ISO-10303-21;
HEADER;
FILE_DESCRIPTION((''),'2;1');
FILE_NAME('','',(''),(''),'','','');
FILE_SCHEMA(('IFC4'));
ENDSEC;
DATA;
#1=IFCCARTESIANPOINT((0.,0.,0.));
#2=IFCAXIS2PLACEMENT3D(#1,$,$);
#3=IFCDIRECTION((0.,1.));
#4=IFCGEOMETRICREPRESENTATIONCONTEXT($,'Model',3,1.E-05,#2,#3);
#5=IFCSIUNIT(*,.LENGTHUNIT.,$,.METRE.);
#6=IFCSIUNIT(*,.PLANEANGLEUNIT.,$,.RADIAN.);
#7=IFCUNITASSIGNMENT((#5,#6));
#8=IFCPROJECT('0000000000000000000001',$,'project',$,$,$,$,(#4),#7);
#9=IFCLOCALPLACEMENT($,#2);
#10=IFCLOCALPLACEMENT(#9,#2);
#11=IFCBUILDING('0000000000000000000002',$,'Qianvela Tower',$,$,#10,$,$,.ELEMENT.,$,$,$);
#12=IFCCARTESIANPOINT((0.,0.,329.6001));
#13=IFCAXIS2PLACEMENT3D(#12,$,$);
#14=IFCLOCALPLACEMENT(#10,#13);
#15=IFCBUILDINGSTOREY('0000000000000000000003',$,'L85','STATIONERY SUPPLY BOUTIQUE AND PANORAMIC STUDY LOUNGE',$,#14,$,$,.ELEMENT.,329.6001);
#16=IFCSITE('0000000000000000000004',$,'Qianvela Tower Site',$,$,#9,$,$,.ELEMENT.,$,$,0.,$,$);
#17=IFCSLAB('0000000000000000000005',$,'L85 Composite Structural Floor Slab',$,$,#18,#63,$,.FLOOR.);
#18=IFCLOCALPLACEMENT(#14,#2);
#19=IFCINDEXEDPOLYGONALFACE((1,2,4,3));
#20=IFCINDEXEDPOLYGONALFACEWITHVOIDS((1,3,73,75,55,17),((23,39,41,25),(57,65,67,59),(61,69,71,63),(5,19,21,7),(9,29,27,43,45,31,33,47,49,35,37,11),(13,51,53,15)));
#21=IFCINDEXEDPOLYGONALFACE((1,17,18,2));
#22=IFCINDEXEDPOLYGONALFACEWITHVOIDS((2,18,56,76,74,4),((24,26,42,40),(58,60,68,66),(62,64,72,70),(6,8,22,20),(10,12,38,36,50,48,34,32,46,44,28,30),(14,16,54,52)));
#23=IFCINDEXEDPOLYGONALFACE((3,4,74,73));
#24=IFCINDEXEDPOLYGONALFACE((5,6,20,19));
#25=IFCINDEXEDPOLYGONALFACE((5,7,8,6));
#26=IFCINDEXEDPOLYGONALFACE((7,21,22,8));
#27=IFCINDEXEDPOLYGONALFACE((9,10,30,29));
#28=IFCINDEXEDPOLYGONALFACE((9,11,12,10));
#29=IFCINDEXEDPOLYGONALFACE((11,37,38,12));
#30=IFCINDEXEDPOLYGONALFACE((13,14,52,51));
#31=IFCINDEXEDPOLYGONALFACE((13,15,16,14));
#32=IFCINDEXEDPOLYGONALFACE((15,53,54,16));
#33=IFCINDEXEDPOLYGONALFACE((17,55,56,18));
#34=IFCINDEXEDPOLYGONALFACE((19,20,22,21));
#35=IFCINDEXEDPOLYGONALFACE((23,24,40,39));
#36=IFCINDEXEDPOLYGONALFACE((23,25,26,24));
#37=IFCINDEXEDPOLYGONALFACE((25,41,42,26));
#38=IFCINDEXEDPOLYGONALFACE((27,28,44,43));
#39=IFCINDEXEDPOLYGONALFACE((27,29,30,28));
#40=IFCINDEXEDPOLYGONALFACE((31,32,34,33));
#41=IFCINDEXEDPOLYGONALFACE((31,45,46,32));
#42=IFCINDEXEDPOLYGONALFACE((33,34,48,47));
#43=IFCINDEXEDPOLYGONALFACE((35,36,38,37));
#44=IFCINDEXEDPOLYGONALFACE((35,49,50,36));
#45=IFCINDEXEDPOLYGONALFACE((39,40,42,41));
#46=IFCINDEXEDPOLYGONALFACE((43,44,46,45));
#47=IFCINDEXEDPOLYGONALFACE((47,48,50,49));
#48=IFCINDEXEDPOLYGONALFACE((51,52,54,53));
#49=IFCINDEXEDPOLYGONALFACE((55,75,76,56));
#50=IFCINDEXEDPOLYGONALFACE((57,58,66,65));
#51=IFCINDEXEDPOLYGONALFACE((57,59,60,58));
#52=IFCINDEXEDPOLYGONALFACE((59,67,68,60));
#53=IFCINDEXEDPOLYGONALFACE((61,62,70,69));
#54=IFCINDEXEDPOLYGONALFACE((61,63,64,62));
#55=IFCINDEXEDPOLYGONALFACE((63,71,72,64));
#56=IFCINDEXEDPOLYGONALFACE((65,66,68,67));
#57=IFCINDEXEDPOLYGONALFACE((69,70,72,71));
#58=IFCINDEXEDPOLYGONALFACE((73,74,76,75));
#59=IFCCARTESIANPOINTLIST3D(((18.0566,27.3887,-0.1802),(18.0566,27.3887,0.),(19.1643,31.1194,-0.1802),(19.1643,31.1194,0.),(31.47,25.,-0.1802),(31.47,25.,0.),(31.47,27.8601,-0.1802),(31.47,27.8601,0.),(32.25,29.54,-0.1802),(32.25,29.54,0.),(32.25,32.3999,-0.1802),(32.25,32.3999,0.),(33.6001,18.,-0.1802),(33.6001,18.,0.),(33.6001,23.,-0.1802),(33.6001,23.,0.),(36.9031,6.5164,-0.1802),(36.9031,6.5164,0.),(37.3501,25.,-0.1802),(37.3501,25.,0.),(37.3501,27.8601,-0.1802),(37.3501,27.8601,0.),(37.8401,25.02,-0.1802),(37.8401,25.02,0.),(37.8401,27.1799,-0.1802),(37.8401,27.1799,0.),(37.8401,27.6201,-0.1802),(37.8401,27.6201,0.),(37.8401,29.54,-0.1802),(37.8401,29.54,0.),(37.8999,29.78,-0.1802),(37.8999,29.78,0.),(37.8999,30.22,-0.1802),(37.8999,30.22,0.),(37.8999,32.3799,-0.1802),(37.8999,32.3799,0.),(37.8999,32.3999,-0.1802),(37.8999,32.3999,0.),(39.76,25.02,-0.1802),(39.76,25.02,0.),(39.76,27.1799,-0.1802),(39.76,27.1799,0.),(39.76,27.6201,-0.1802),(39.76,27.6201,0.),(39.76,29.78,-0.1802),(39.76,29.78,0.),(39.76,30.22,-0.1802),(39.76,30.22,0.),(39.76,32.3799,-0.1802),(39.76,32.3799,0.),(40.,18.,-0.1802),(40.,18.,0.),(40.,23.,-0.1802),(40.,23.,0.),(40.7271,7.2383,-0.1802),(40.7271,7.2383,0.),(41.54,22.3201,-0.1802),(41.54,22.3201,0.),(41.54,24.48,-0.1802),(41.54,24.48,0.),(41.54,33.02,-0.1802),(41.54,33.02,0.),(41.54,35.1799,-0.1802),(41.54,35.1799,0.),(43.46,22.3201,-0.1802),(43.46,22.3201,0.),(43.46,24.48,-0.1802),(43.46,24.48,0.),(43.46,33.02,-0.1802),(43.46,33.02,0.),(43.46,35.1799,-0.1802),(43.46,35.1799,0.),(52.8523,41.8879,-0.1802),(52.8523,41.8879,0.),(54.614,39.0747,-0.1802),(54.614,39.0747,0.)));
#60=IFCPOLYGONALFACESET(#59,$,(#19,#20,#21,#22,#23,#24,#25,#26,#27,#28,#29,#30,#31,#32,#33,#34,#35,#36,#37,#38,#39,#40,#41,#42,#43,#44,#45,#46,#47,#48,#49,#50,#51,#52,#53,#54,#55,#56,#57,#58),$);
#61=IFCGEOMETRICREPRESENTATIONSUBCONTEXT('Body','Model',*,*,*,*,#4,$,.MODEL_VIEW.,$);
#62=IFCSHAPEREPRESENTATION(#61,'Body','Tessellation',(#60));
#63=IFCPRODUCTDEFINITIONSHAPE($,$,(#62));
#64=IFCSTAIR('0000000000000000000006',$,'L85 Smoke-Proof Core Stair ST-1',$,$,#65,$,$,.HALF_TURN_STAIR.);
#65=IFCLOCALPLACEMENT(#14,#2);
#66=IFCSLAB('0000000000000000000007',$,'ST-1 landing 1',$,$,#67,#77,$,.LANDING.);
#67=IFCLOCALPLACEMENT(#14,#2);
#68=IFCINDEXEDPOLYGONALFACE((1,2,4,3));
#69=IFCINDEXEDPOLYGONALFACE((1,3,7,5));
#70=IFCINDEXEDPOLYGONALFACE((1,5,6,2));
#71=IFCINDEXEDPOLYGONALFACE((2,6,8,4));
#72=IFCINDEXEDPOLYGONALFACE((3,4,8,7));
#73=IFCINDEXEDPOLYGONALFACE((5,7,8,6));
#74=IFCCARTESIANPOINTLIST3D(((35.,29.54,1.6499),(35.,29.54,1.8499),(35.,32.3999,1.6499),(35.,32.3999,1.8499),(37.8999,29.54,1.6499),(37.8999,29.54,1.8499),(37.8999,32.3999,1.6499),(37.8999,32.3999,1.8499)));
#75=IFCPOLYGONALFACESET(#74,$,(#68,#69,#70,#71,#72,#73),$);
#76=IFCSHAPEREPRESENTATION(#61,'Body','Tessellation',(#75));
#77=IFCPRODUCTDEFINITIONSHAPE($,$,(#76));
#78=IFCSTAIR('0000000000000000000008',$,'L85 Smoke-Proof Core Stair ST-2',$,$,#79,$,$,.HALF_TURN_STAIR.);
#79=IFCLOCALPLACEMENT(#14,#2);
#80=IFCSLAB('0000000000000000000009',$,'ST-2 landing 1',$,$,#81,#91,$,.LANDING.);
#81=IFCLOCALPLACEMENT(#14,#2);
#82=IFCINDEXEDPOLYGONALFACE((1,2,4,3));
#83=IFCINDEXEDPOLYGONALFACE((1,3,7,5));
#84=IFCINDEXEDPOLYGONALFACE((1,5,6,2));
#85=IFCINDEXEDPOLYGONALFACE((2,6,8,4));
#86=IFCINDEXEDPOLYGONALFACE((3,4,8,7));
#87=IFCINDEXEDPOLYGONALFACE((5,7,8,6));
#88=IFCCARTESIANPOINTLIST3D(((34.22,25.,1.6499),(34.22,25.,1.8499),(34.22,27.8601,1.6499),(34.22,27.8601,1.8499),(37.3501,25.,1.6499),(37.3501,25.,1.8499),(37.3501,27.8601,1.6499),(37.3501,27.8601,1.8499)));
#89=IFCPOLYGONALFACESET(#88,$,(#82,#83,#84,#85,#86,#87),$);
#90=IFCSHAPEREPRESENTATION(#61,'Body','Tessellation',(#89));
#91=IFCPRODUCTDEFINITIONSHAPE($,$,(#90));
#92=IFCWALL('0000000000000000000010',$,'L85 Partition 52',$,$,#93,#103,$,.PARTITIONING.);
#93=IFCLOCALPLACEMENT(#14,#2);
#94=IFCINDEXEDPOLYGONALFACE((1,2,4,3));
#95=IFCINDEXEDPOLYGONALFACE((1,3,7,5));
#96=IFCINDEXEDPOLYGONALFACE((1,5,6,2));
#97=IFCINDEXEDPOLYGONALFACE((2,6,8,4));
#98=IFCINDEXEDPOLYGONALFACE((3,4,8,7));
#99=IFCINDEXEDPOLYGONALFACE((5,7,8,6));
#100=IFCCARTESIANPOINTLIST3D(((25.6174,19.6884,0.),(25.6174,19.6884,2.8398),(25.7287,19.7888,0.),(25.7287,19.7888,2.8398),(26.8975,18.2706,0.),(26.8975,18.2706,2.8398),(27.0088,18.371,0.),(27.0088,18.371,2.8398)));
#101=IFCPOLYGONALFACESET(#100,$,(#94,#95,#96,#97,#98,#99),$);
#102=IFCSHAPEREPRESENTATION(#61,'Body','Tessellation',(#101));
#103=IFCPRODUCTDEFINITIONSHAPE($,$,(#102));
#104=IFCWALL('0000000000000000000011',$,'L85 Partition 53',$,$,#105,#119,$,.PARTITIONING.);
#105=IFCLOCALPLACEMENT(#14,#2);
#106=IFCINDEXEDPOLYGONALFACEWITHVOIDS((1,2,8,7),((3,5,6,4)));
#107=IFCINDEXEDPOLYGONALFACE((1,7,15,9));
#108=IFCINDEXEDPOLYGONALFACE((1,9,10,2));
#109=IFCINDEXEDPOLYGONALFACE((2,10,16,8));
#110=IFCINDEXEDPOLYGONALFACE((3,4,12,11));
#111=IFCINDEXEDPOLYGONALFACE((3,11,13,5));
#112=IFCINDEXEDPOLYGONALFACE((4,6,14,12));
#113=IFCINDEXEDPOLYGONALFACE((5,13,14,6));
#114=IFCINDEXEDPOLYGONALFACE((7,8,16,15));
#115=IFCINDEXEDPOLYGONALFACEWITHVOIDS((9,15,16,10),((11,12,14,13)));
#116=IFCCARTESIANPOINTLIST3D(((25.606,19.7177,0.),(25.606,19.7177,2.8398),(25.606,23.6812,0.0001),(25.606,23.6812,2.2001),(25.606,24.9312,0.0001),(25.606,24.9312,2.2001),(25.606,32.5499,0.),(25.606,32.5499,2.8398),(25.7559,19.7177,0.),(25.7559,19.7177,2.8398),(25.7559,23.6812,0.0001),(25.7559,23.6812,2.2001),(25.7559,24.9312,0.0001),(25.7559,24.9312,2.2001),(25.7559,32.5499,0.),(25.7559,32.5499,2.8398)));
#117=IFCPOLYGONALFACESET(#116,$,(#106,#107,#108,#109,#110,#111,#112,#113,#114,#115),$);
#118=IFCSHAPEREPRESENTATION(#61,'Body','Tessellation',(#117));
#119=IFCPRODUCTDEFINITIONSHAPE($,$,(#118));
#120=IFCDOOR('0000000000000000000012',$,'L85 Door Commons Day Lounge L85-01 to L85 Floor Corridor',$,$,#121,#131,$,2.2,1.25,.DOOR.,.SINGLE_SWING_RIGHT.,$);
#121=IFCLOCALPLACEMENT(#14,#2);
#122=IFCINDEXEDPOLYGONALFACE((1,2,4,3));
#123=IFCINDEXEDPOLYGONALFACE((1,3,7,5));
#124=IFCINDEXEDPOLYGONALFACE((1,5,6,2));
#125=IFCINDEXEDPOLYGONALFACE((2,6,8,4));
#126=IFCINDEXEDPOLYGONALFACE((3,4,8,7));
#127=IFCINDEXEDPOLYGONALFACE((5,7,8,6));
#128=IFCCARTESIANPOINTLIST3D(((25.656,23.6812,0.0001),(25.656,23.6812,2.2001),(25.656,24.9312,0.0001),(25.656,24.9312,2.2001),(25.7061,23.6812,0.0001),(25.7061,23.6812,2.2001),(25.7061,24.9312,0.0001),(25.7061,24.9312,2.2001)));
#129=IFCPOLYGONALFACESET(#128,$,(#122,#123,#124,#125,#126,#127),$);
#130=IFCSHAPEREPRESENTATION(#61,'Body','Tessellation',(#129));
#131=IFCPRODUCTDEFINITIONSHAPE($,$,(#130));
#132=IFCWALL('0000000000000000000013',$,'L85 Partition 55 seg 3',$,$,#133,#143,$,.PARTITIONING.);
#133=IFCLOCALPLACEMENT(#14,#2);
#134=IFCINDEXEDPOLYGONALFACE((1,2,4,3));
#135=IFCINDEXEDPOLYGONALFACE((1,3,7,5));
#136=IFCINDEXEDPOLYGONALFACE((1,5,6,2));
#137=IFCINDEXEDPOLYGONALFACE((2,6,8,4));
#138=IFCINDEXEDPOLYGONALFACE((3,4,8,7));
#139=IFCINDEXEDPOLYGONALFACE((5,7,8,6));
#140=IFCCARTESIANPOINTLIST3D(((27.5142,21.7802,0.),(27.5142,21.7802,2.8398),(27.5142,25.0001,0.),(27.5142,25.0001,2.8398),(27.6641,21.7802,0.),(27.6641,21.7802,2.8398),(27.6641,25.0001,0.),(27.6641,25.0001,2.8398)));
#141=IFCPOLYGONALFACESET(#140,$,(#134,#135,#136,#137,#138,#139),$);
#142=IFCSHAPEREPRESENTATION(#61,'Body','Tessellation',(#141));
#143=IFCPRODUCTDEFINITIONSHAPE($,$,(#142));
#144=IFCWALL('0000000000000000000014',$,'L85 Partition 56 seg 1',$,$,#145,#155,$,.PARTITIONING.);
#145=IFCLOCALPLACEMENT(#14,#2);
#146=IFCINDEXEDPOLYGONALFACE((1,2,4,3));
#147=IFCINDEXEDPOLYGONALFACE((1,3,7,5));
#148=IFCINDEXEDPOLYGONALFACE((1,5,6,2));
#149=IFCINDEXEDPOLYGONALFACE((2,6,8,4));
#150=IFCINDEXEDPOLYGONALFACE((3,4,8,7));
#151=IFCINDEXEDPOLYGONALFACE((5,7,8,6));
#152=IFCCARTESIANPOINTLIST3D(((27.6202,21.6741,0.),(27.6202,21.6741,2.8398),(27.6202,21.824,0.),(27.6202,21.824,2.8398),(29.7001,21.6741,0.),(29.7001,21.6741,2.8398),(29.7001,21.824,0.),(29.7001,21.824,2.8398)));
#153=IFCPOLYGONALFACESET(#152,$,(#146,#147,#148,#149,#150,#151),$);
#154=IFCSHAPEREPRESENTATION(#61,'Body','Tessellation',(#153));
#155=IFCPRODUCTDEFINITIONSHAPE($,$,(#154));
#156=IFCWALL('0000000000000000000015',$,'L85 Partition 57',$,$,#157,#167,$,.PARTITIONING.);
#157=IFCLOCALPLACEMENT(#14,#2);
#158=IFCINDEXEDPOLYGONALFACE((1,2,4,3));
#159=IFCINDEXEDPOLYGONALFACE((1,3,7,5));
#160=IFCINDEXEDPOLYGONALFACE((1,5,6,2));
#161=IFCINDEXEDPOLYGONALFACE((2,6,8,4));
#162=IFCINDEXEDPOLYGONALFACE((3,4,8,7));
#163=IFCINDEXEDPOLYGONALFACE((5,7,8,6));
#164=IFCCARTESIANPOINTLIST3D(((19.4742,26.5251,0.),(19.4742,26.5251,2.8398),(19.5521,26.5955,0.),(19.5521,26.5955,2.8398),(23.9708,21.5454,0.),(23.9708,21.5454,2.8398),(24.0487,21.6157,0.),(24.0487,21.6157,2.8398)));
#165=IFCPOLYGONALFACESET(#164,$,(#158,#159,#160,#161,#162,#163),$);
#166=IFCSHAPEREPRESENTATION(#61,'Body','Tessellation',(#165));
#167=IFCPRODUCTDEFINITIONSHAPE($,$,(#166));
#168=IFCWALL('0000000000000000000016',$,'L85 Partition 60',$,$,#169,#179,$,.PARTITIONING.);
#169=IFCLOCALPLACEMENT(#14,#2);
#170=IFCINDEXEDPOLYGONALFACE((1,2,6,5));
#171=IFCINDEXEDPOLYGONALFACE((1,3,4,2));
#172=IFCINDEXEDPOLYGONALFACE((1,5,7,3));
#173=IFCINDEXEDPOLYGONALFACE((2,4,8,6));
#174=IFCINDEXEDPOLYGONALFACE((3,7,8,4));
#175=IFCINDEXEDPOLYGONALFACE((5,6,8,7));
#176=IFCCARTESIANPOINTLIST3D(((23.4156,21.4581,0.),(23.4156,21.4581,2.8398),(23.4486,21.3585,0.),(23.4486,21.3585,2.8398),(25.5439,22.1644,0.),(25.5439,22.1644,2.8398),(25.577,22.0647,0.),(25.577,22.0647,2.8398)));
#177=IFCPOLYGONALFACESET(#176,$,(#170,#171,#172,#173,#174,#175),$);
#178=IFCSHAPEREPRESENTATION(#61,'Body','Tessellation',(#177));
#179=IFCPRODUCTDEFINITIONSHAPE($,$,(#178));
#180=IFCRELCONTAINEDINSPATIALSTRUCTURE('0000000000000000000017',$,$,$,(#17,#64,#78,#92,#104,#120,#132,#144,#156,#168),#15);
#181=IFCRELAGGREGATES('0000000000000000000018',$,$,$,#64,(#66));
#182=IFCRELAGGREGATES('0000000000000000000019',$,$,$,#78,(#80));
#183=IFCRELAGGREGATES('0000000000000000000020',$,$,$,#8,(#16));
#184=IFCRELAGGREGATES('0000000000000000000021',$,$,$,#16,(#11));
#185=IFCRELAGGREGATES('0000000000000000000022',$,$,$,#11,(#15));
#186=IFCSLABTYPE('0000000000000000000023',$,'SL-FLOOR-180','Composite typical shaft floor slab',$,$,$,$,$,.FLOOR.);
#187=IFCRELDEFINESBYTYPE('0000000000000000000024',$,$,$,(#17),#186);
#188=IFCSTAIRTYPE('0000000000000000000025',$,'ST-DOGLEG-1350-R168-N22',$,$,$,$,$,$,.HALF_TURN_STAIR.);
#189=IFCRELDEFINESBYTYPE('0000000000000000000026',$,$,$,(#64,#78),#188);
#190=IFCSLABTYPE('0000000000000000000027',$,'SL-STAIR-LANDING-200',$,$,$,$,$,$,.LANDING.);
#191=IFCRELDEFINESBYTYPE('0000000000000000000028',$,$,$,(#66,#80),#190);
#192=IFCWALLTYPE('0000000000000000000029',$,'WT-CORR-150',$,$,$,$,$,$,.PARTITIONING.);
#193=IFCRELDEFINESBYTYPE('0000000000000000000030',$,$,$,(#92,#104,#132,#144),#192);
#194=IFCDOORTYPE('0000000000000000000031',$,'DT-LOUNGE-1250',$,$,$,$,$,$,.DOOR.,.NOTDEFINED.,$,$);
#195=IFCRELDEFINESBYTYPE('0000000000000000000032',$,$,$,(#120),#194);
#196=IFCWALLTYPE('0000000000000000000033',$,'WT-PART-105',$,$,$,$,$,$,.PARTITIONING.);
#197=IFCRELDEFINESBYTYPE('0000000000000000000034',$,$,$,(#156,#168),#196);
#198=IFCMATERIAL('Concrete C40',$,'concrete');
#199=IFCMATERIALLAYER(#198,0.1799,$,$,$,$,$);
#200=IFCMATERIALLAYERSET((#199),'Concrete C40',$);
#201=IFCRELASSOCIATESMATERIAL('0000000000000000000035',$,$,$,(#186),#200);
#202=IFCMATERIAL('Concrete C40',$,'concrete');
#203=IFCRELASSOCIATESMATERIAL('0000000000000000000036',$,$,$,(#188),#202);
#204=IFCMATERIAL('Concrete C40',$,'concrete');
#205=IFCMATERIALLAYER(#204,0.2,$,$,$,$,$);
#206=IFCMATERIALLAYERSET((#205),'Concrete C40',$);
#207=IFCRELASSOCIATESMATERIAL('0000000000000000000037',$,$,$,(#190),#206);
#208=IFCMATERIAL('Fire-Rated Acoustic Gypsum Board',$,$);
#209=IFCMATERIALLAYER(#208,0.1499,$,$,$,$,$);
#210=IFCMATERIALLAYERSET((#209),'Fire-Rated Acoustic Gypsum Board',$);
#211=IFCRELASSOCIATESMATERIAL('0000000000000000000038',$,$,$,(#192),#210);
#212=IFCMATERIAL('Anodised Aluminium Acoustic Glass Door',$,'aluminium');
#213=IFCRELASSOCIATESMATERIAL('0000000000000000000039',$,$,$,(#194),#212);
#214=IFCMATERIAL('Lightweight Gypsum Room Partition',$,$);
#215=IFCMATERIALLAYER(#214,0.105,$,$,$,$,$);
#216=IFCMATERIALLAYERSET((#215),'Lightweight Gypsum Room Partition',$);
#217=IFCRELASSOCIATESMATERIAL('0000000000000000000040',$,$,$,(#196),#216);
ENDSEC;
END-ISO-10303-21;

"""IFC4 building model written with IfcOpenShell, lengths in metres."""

from ifc_helpers import new_model, si_unit, direction, frame, frame_2d, origin, place, context, subcontext, project, spatial, polyline, rectangle, outline, extrude, material, layer, layer_set, type_object, element, fill, aggregate, save


model = new_model("IFC4")

# Units and contexts
model_context = context("Model", 3, precision=1e-05, world=origin(), true_north=direction((0.0, 1.0)))
body_context = subcontext(model_context, "Body", "Model", "MODEL_VIEW")
ifc_project = project(units=[si_unit("LENGTHUNIT", "METRE"), si_unit("PLANEANGLEUNIT", "RADIAN")], contexts=[model_context])

# Site, building, storey
site_placement = place(None, origin())
site = spatial("IfcSite", under=ifc_project, at=site_placement, Name="Qianvela Tower Site", CompositionType="ELEMENT", RefElevation=0.0)
building_placement = place(site_placement, origin())
building = spatial("IfcBuilding", under=site, at=building_placement, Name="Qianvela Tower", CompositionType="ELEMENT")
storey_placement = place(building_placement, frame((0.0, 0.0, 329.6001)))
storey = spatial("IfcBuildingStorey", under=building, at=storey_placement, Name="L85", Description="STATIONERY SUPPLY BOUTIQUE AND PANORAMIC STUDY LOUNGE", CompositionType="ELEMENT", Elevation=329.6001)

# Slab
ifc_material_1 = material(Name="Concrete C40", Category="concrete")
ifc_layer_1 = layer(ifc_material_1, 0.1799)
ifc_layer_set_1 = layer_set([ifc_layer_1], Name="Concrete C40")
slab_type_1 = type_object("IfcSlabType", Name="SL-FLOOR-180", Description="Composite typical shaft floor slab", PredefinedType="FLOOR", material=ifc_layer_set_1)
slab_1_placement = place(storey_placement, frame((0.0, 0.0, -0.1802)))
element("IfcSlab", 1, at=slab_1_placement, inside=storey, type_object=slab_type_1, Name="L85 Composite Structural Floor Slab", PredefinedType="FLOOR", context=body_context, shape_type="SweptSolid", body=[
    extrude(outline(polyline([(54.614, 39.0747), (52.8523, 41.8879), (19.1643, 31.1194), (18.0566, 27.3887), (36.9031, 6.5164), (40.7271, 7.2383), (54.614, 39.0747)]), holes=[polyline([(40.0, 23.0), (33.6001, 23.0), (33.6001, 18.0), (40.0, 18.0), (40.0, 23.0)]), polyline([(43.46, 24.48), (41.54, 24.48), (41.54, 22.3201), (43.46, 22.3201), (43.46, 24.48)]), polyline([(39.76, 27.1799), (37.8401, 27.1799), (37.8401, 25.02), (39.76, 25.02), (39.76, 27.1799)]), polyline([(37.3501, 27.8601), (31.47, 27.8601), (31.47, 25.0), (37.3501, 25.0), (37.3501, 27.8601)]), polyline([(39.76, 27.6201), (39.76, 29.78), (37.8999, 29.78), (37.8999, 30.22), (39.76, 30.22), (39.76, 32.3799), (37.8999, 32.3799), (37.8999, 32.3999), (32.25, 32.3999), (32.25, 29.54), (37.8401, 29.54), (37.8401, 27.6201), (39.76, 27.6201)]), polyline([(43.46, 35.1799), (41.54, 35.1799), (41.54, 33.02), (43.46, 33.02), (43.46, 35.1799)])]), origin(), (0.0, 0.0, 1.0), 0.1802),
])

# Stairs, slabs
ifc_material_2 = material(Name="Concrete C40", Category="concrete")
stair_type = type_object("IfcStairType", Name="ST-DOGLEG-1350-R168-N22", PredefinedType="HALF_TURN_STAIR", material=ifc_material_2)
stair_1_placement = place(storey_placement, origin())
stair_1 = element("IfcStair", 2, at=stair_1_placement, inside=storey, type_object=stair_type, Name="L85 Smoke-Proof Core Stair ST-1", PredefinedType="HALF_TURN_STAIR")
ifc_material_3 = material(Name="Concrete C40", Category="concrete")
ifc_layer_2 = layer(ifc_material_3, 0.2)
ifc_layer_set_2 = layer_set([ifc_layer_2], Name="Concrete C40")
slab_type_2 = type_object("IfcSlabType", Name="SL-STAIR-LANDING-200", PredefinedType="LANDING", material=ifc_layer_set_2)
slab_2_placement = place(storey_placement, frame((0.0, 0.0, 1.6499)))
slab_2 = element("IfcSlab", 3, at=slab_2_placement, type_object=slab_type_2, Name="ST-1 landing 1", PredefinedType="LANDING", context=body_context, shape_type="SweptSolid", body=[
    extrude(outline(polyline([(35.0, 29.54), (37.8999, 29.54), (37.8999, 32.3999), (35.0, 32.3999), (35.0, 29.54)])), origin(), (0.0, 0.0, 1.0), 0.2),
])
aggregate(stair_1, [slab_2])
stair_2_placement = place(storey_placement, origin())
stair_2 = element("IfcStair", 4, at=stair_2_placement, inside=storey, type_object=stair_type, Name="L85 Smoke-Proof Core Stair ST-2", PredefinedType="HALF_TURN_STAIR")
slab_3_placement = place(storey_placement, frame((0.0, 0.0, 1.6499)))
slab_3 = element("IfcSlab", 5, at=slab_3_placement, type_object=slab_type_2, Name="ST-2 landing 1", PredefinedType="LANDING", context=body_context, shape_type="SweptSolid", body=[
    extrude(outline(polyline([(34.22, 25.0), (37.3501, 25.0), (37.3501, 27.8601), (34.22, 27.8601), (34.22, 25.0)])), origin(), (0.0, 0.0, 1.0), 0.2),
])
aggregate(stair_2, [slab_3])

# Wall
ifc_material_4 = material(Name="Fire-Rated Acoustic Gypsum Board")
ifc_layer_3 = layer(ifc_material_4, 0.1499)
ifc_layer_set_3 = layer_set([ifc_layer_3], Name="Fire-Rated Acoustic Gypsum Board")
wall_type_1 = type_object("IfcWallType", Name="WT-CORR-150", PredefinedType="PARTITIONING", material=ifc_layer_set_3)
wall_1_placement = place(storey_placement, frame((26.9531, 18.3208, 0.0), z_axis=(0.0, 0.0, 1.0), x_axis=(-0.670143, 0.742232, 0.0)))
element("IfcWall", 6, at=wall_1_placement, inside=storey, type_object=wall_type_1, Name="L85 Partition 52", PredefinedType="PARTITIONING", context=body_context, shape_type="SweptSolid", body=[
    extrude(rectangle(XDim=1.9102, YDim=0.1499, at=frame_2d((0.9551, 0.0))), origin(), (0.0, 0.0, 1.0), 2.8398),
])

# Wall, opening, door
wall_2_placement = place(storey_placement, frame((25.6809, 19.7178, 0.0), z_axis=(0.0, 0.0, 1.0), x_axis=(0.0, 1.0, 0.0)))
wall_2 = element("IfcWall", 7, at=wall_2_placement, inside=storey, type_object=wall_type_1, Name="L85 Partition 53", PredefinedType="PARTITIONING", context=body_context, shape_type="SweptSolid", body=[
    extrude(rectangle(XDim=12.8323, YDim=0.1499, at=frame_2d((6.416, 0.0))), origin(), (0.0, 0.0, 1.0), 2.8398),
])
opening_placement = place(wall_2_placement, frame((3.9634, 0.0, 0.0)))
opening = element("IfcOpeningElement", 8, at=opening_placement, cuts=wall_2, PredefinedType="OPENING", context=body_context, shape_type="SweptSolid", body=[
    extrude(rectangle(XDim=1.25, YDim=2.2, at=frame_2d((0.625, 1.1001))), frame((0.0, 0.085, 0.0), z_axis=(0.0, -1.0, 0.0), x_axis=(1.0, 0.0, 0.0)), (0.0, 0.0, 1.0), 0.1699),
])
ifc_material_5 = material(Name="Anodised Aluminium Acoustic Glass Door", Category="aluminium")
door_type = type_object("IfcDoorType", Name="DT-LOUNGE-1250", OperationType="NOTDEFINED", PredefinedType="DOOR", material=ifc_material_5)
door_placement = place(opening_placement, origin())
door = element("IfcDoor", 9, at=door_placement, inside=storey, type_object=door_type, Name="L85 Door Commons Day Lounge L85-01 to L85 Floor Corridor", OperationType="SINGLE_SWING_RIGHT", OverallHeight=2.2, OverallWidth=1.25, PredefinedType="DOOR", context=body_context, shape_type="SweptSolid", body=[
    extrude(rectangle(XDim=1.25, YDim=2.2, at=frame_2d((0.625, 1.1001))), frame((0.0, 0.0249, 0.0), z_axis=(0.0, -1.0, 0.0), x_axis=(1.0, 0.0, 0.0)), (0.0, 0.0, 1.0), 0.05),
])
fill(opening, door)

# Walls
wall_3_placement = place(storey_placement, frame((27.5891, 25.0, 0.0), z_axis=(0.0, 0.0, 1.0), x_axis=(0.0, -1.0, 0.0)))
element("IfcWall", 10, at=wall_3_placement, inside=storey, type_object=wall_type_1, Name="L85 Partition 55 seg 3", PredefinedType="PARTITIONING", context=body_context, shape_type="SweptSolid", body=[
    extrude(rectangle(XDim=3.22, YDim=0.1499, at=frame_2d((1.6099, 0.0))), origin(), (0.0, 0.0, 1.0), 2.8398),
])
wall_4_placement = place(storey_placement, frame((27.6201, 21.749, 0.0), z_axis=(0.0, 0.0, 1.0), x_axis=(1.0, 0.0, 0.0)))
element("IfcWall", 11, at=wall_4_placement, inside=storey, type_object=wall_type_1, Name="L85 Partition 56 seg 1", PredefinedType="PARTITIONING", context=body_context, shape_type="SweptSolid", body=[
    extrude(rectangle(XDim=2.0798, YDim=0.1499, at=frame_2d((1.04, 0.0))), origin(), (0.0, 0.0, 1.0), 2.8398),
])
ifc_material_6 = material(Name="Lightweight Gypsum Room Partition")
ifc_layer_4 = layer(ifc_material_6, 0.105)
ifc_layer_set_4 = layer_set([ifc_layer_4], Name="Lightweight Gypsum Room Partition")
wall_type_2 = type_object("IfcWallType", Name="WT-PART-105", PredefinedType="PARTITIONING", material=ifc_layer_set_4)
wall_5_placement = place(storey_placement, frame((24.0098, 21.5806, 0.0), z_axis=(0.0, 0.0, 1.0), x_axis=(-0.670184, 0.742195, 0.0)))
element("IfcWall", 12, at=wall_5_placement, inside=storey, type_object=wall_type_2, Name="L85 Partition 57", PredefinedType="PARTITIONING", context=body_context, shape_type="SweptSolid", body=[
    extrude(rectangle(XDim=6.7095, YDim=0.105, at=frame_2d((3.3547, 0.0))), origin(), (0.0, 0.0, 1.0), 2.8398),
])
wall_6_placement = place(storey_placement, frame((25.5603, 22.1145, 0.0), z_axis=(0.0, 0.0, 1.0), x_axis=(-0.949107, -0.314954, 0.0)))
element("IfcWall", 13, at=wall_6_placement, inside=storey, type_object=wall_type_2, Name="L85 Partition 60", PredefinedType="PARTITIONING", context=body_context, shape_type="SweptSolid", body=[
    extrude(rectangle(XDim=2.2424, YDim=0.105, at=frame_2d((1.1211, 0.0))), origin(), (0.0, 0.0, 1.0), 2.8398),
])

save(model, "model.ifc")
